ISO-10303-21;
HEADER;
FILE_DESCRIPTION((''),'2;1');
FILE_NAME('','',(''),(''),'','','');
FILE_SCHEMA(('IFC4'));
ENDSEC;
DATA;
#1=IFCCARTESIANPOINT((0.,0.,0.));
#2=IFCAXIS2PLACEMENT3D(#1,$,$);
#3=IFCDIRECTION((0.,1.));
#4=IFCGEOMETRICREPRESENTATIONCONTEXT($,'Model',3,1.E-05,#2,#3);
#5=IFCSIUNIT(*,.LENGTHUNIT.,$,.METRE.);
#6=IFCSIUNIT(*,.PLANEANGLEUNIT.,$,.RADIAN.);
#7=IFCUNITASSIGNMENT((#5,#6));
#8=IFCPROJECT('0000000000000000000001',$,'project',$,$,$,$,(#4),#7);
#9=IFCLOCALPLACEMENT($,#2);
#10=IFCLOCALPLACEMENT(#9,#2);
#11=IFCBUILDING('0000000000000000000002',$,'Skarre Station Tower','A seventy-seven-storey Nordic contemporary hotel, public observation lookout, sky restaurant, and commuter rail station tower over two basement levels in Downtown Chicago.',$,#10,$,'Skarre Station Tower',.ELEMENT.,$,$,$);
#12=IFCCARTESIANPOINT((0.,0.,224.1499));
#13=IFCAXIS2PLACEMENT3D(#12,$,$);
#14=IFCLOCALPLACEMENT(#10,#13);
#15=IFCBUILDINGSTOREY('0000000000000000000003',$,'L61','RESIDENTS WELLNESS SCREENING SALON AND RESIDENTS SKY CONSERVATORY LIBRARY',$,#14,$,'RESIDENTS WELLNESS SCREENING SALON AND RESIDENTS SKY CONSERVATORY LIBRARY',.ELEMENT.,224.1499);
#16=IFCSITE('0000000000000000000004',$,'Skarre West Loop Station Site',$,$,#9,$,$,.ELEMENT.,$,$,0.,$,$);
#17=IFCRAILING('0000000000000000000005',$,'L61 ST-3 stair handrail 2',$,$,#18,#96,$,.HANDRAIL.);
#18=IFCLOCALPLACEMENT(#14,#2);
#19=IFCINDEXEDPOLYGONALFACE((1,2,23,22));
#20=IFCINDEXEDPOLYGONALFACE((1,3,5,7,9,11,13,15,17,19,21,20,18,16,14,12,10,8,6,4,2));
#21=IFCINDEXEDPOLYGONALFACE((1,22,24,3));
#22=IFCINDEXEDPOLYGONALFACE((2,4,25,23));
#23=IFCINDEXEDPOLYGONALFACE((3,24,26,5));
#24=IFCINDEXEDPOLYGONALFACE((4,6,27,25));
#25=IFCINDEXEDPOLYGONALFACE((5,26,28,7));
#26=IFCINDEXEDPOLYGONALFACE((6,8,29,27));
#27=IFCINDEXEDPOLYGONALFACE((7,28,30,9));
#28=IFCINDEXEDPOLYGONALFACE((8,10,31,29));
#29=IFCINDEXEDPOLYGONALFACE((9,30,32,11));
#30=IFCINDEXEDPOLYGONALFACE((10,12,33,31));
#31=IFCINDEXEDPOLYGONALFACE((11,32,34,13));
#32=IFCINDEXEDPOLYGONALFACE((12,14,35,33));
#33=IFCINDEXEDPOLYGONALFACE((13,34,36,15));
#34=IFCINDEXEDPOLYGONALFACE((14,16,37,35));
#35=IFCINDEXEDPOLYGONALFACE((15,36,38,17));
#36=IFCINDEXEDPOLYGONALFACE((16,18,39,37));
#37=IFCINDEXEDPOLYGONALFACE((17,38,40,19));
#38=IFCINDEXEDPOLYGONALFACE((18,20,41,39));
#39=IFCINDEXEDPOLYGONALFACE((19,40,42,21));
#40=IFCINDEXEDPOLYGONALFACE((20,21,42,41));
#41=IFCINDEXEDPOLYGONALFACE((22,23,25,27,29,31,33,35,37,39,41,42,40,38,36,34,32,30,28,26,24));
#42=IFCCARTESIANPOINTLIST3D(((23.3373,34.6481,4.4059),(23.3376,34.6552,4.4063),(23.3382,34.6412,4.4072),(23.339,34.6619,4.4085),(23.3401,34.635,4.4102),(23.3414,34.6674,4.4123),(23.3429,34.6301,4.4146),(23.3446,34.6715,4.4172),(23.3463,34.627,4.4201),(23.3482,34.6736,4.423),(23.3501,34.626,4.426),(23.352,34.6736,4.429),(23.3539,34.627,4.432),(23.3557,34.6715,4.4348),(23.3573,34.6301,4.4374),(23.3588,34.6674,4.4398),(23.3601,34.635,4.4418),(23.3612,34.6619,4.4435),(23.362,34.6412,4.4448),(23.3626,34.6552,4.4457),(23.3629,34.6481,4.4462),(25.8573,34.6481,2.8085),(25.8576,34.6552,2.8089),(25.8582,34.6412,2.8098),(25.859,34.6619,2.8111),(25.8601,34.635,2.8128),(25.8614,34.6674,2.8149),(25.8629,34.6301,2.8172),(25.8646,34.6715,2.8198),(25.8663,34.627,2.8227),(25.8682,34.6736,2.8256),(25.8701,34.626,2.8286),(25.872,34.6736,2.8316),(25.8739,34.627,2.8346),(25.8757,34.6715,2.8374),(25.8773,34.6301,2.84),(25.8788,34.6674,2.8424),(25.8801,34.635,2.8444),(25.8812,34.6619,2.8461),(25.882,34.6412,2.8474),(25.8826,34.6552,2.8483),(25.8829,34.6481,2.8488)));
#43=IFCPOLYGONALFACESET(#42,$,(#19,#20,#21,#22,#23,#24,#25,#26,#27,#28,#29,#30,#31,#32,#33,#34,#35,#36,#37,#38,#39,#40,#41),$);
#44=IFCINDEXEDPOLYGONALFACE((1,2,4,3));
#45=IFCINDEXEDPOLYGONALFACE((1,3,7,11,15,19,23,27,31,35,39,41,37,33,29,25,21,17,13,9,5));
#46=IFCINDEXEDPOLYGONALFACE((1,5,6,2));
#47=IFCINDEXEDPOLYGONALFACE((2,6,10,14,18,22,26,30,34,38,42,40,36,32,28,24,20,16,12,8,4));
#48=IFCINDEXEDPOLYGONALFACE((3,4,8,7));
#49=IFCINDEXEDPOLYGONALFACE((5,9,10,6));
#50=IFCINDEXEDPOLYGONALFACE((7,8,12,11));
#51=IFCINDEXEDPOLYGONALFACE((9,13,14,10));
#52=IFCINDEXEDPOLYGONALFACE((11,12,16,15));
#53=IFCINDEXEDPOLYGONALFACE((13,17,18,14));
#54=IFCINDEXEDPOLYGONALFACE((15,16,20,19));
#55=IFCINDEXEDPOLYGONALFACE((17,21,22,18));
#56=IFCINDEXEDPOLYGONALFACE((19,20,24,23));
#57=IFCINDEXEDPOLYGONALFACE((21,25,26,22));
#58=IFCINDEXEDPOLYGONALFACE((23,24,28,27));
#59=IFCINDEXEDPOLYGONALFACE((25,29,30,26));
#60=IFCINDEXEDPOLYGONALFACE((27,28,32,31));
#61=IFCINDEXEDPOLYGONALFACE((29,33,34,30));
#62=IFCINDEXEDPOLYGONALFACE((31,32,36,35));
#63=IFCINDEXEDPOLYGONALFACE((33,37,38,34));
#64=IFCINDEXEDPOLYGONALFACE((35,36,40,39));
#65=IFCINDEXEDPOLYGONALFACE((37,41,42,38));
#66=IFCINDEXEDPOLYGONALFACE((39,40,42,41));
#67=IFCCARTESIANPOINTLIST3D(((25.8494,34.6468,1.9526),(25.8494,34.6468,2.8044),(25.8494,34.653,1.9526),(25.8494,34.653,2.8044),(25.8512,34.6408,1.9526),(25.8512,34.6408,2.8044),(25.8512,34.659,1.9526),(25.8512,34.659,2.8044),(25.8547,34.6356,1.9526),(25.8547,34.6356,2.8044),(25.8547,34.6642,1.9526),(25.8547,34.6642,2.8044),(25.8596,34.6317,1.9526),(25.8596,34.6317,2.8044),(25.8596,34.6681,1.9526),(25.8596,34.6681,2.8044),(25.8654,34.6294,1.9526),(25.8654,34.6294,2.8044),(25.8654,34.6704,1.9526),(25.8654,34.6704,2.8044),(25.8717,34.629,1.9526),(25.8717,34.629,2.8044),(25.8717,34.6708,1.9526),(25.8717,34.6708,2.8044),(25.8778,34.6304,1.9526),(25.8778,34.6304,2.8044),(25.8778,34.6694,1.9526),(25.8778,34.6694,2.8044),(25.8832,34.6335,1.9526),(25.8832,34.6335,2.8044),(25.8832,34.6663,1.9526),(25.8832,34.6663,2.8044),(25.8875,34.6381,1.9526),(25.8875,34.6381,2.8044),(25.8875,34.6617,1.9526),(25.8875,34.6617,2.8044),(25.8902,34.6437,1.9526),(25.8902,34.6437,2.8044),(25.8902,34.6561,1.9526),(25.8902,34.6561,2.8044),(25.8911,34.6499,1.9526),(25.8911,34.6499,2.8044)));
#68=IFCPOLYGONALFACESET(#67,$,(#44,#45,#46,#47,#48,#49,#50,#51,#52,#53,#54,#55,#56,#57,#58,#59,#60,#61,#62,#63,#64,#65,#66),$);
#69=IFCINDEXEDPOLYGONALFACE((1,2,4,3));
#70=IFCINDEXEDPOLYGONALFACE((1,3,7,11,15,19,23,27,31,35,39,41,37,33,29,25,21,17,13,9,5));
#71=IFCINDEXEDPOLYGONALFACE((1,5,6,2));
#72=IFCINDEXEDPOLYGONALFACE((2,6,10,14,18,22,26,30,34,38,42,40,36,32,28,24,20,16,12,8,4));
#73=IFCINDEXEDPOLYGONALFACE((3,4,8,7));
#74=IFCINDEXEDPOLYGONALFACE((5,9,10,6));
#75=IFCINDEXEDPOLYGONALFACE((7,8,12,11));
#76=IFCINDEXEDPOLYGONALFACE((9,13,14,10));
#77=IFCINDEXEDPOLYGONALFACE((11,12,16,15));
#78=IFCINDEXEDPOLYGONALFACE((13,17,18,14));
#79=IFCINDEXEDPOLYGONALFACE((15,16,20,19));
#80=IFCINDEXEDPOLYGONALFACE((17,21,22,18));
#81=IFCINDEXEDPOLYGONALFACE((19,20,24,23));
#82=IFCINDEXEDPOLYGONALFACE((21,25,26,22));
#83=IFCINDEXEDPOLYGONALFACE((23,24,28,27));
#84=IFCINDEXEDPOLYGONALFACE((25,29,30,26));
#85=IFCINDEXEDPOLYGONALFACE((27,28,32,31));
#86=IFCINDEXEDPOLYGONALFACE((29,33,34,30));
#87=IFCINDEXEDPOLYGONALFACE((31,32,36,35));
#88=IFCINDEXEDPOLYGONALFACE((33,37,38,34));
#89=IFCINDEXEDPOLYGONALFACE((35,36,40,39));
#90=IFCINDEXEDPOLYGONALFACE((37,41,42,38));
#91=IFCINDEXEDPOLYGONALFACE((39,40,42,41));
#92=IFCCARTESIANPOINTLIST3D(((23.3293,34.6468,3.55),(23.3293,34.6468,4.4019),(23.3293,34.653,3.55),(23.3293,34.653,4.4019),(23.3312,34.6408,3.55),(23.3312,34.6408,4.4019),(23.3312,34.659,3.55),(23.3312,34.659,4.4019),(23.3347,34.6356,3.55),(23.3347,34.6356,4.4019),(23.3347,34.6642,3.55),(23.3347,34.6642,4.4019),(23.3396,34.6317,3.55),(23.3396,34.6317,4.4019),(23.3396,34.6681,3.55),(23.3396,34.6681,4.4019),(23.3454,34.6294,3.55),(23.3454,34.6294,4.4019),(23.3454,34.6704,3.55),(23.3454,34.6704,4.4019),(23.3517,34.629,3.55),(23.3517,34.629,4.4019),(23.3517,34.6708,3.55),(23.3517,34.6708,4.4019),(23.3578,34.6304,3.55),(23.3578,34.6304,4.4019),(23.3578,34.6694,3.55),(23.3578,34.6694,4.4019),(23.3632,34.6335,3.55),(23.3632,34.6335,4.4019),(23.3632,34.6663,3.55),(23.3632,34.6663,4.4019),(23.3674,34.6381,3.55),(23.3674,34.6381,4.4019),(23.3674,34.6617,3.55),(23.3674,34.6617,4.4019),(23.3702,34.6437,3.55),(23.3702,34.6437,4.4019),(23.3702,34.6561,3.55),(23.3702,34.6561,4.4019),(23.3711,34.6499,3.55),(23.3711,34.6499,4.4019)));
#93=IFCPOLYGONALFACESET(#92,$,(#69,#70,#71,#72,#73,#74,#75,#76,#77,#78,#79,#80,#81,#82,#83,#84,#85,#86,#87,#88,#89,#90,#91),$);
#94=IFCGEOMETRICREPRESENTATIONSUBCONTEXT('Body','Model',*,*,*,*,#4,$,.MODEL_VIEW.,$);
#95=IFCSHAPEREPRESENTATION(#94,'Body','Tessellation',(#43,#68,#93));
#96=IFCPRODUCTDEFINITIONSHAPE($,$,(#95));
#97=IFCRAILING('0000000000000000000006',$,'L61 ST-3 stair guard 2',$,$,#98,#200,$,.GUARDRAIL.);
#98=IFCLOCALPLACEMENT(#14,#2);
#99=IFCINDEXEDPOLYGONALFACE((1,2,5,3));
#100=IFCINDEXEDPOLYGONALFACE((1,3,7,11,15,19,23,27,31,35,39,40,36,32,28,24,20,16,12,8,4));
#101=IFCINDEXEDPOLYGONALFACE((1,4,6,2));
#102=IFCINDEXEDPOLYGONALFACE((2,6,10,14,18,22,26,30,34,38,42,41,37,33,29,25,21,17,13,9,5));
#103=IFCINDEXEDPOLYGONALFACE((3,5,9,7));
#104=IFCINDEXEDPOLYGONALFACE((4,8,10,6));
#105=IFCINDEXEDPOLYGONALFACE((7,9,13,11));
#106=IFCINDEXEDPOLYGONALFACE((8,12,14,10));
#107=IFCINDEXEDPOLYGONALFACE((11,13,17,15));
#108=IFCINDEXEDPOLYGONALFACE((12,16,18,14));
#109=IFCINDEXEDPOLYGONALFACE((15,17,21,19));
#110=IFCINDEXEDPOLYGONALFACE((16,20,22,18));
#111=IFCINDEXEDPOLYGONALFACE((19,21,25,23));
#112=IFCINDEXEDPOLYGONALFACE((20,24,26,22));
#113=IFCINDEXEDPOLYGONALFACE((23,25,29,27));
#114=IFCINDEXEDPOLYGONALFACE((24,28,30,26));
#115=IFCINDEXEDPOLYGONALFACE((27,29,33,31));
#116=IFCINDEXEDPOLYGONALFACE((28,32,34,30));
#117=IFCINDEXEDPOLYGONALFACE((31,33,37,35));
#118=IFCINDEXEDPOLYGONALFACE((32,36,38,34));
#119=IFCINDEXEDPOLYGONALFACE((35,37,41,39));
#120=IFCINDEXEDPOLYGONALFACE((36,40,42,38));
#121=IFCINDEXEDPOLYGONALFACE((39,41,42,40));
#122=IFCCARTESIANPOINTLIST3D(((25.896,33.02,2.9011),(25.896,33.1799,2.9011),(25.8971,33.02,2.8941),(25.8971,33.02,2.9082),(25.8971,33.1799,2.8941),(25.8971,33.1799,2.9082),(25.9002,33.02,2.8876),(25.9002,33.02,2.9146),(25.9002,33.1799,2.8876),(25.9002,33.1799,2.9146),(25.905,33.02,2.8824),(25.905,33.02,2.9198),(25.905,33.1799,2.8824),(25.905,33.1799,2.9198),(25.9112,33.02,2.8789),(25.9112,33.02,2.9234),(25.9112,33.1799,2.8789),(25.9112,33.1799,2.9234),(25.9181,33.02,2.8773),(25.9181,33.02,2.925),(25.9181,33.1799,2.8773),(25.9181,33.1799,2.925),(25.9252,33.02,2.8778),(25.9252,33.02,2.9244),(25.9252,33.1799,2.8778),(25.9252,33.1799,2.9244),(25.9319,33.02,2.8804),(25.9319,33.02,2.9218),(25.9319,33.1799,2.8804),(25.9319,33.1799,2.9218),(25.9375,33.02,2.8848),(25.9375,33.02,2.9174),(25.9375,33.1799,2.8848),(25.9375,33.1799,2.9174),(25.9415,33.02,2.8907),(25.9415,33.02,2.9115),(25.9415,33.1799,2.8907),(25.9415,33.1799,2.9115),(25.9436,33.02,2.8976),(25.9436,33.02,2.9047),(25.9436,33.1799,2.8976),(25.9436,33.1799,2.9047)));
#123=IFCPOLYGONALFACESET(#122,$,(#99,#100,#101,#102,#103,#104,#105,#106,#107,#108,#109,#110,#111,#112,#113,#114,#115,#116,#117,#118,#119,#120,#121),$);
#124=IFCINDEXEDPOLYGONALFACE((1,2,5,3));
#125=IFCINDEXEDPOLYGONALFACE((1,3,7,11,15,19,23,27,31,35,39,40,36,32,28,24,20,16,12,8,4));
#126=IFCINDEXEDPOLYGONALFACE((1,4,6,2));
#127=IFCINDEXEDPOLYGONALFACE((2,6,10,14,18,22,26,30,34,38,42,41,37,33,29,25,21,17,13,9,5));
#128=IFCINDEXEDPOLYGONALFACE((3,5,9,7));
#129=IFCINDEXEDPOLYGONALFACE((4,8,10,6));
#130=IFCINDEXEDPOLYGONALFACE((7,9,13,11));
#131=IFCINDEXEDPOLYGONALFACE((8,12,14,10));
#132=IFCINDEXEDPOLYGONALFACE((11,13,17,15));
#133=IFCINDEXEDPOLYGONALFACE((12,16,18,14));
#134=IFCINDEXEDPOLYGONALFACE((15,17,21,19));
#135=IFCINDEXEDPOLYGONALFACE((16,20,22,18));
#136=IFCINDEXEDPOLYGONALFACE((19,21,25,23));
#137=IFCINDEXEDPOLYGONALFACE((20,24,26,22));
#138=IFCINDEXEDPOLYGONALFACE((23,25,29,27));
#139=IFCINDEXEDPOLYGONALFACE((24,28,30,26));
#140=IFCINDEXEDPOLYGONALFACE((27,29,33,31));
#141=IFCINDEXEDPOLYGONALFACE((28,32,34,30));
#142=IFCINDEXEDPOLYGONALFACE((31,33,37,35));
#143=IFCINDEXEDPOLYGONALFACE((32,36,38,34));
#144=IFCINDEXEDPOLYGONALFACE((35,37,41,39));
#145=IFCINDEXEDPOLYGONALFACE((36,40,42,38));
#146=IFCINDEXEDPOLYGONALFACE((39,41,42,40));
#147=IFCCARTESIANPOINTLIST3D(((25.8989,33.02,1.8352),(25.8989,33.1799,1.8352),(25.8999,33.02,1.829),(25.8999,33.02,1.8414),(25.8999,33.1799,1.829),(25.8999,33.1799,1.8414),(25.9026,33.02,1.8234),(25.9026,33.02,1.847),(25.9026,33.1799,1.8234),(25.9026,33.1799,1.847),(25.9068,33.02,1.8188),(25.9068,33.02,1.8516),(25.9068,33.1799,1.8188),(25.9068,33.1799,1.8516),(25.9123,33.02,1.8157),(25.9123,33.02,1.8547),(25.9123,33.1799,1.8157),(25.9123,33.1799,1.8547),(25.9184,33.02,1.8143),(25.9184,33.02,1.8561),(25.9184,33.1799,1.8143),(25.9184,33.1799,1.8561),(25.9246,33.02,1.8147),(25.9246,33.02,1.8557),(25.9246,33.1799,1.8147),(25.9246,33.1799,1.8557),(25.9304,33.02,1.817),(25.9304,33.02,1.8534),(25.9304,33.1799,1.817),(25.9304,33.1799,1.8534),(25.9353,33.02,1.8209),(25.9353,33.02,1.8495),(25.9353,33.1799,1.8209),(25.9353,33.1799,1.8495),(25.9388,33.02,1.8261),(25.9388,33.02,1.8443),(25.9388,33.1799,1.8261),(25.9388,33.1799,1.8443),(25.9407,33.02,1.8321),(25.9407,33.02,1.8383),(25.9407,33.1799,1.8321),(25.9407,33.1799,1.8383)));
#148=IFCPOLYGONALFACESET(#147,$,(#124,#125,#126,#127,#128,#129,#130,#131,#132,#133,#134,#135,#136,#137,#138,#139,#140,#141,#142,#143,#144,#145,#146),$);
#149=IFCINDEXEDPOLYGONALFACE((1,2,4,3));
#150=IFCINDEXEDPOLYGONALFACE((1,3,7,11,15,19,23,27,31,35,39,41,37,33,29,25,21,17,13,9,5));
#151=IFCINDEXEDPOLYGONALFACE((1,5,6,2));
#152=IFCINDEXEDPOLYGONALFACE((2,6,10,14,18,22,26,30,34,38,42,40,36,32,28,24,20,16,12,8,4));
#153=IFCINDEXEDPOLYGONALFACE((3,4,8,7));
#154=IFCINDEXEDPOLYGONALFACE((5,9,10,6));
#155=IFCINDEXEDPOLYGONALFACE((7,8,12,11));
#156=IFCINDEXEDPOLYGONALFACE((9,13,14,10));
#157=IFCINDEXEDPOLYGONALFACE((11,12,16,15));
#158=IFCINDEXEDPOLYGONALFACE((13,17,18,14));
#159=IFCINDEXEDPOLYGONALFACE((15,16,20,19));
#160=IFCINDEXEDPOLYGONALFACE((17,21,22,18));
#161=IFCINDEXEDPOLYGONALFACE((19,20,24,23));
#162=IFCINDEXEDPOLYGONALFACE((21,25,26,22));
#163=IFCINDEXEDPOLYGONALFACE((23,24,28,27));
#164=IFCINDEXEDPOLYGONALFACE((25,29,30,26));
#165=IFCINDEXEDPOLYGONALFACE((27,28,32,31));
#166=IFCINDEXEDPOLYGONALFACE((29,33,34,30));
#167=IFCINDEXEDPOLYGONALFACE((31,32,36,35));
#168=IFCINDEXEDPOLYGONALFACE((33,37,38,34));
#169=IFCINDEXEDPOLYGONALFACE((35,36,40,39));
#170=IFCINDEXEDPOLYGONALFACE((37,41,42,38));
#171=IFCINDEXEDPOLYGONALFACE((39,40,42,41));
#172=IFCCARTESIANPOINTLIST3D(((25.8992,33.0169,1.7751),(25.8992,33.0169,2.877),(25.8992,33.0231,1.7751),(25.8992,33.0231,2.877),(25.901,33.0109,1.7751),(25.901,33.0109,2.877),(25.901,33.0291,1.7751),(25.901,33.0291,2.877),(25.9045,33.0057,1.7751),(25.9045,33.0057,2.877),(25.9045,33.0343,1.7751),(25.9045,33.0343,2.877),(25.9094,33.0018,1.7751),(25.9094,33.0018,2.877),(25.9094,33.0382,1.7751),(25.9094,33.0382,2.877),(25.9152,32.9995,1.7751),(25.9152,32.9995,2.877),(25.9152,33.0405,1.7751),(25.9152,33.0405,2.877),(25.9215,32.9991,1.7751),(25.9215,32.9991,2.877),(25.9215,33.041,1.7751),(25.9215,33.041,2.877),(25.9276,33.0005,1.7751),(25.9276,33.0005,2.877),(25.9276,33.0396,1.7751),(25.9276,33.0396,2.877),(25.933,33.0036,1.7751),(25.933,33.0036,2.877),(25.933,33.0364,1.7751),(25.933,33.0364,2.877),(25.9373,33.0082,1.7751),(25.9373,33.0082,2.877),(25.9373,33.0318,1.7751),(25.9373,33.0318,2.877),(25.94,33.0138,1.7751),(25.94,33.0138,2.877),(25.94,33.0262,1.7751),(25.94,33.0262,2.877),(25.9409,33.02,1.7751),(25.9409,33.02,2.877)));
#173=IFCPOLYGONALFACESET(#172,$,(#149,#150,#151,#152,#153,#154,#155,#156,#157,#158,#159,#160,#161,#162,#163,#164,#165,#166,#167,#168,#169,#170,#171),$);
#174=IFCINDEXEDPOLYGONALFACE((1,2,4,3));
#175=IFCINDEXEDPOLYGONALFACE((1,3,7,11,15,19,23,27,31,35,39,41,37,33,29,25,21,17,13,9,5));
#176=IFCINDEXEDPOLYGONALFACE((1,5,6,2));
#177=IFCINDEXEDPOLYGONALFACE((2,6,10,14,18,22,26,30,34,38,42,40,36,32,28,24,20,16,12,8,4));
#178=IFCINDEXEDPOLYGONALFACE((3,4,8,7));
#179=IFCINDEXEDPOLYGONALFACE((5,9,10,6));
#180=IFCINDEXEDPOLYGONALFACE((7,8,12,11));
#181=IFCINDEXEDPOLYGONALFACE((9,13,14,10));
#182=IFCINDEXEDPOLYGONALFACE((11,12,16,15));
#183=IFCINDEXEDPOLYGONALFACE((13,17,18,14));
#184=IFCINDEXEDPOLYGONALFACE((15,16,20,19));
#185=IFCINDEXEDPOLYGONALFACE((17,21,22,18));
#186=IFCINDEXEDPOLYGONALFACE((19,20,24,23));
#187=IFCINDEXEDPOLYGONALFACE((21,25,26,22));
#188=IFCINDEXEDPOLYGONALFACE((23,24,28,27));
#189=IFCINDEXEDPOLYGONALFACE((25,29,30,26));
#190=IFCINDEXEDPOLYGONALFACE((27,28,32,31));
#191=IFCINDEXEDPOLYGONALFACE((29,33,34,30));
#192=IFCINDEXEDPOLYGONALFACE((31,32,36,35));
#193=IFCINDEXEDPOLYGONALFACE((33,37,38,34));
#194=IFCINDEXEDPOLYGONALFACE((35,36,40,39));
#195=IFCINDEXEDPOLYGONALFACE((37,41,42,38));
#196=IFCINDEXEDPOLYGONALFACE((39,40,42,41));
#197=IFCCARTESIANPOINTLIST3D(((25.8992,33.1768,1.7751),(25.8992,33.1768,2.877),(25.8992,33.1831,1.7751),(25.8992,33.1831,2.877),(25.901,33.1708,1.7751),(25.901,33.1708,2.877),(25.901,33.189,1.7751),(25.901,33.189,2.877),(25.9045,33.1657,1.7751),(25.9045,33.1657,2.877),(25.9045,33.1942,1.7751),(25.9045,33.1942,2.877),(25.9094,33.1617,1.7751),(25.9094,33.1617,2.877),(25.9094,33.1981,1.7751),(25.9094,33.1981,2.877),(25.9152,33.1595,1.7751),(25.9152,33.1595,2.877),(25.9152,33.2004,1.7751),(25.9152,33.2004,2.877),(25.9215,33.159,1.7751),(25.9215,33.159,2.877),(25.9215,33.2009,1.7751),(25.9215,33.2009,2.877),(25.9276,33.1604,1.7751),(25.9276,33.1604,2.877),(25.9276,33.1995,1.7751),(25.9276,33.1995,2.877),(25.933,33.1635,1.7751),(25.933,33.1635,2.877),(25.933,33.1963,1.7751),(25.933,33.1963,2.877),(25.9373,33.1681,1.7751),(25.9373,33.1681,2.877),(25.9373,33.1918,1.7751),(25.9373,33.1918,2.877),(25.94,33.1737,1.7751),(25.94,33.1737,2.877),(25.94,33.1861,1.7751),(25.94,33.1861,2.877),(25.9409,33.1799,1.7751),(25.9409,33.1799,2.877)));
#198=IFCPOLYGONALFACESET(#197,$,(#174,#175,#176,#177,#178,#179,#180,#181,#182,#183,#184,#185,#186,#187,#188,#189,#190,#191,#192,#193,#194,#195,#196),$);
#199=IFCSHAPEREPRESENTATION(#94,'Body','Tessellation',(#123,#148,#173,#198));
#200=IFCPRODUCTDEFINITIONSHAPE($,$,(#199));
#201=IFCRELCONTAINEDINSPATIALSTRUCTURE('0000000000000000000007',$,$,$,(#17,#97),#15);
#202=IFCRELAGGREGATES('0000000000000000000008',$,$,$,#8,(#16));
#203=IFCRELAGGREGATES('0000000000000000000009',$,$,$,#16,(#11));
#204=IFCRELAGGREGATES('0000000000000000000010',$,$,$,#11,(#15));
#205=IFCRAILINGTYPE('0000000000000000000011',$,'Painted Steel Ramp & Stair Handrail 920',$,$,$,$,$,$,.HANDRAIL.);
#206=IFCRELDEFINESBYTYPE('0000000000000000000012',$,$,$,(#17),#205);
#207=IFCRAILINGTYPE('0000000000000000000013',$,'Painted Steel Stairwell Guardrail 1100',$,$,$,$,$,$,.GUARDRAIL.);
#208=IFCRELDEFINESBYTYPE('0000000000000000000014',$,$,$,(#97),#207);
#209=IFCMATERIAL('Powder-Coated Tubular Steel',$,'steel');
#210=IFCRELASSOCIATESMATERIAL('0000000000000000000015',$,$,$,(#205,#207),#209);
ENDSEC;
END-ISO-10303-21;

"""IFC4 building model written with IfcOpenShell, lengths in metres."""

from ifc_helpers import new_model, si_unit, direction, frame, origin, origin_2d, place, context, subcontext, project, spatial, circle, extrude, material, type_object, element, save


model = new_model("IFC4")

# Units and contexts
model_context = context("Model", 3, precision=1e-05, world=origin(), true_north=direction((0.0, 1.0)))
body_context = subcontext(model_context, "Body", "Model", "MODEL_VIEW")
ifc_project = project(units=[si_unit("LENGTHUNIT", "METRE"), si_unit("PLANEANGLEUNIT", "RADIAN")], contexts=[model_context])

# Site, building, storey
site_placement = place(None, origin())
site = spatial("IfcSite", under=ifc_project, at=site_placement, Name="Skarre West Loop Station Site", CompositionType="ELEMENT", RefElevation=0.0)
building_placement = place(site_placement, origin())
building = spatial("IfcBuilding", under=site, at=building_placement, Name="Skarre Station Tower", Description="A seventy-seven-storey Nordic contemporary hotel, public observation lookout, sky restaurant, and commuter rail station tower over two basement levels in Downtown Chicago.", LongName="Skarre Station Tower", CompositionType="ELEMENT")
storey_placement = place(building_placement, frame((0.0, 0.0, 224.1499)))
storey = spatial("IfcBuildingStorey", under=building, at=storey_placement, Name="L61", Description="RESIDENTS WELLNESS SCREENING SALON AND RESIDENTS SKY CONSERVATORY LIBRARY", LongName="RESIDENTS WELLNESS SCREENING SALON AND RESIDENTS SKY CONSERVATORY LIBRARY", CompositionType="ELEMENT", Elevation=224.1499)

# Railings
ifc_material_1 = material(Name="Powder-Coated Tubular Steel", Category="steel")
railing_type_1 = type_object("IfcRailingType", Name="Painted Steel Ramp & Stair Handrail 920", PredefinedType="HANDRAIL", material=ifc_material_1)
railing_1_placement = place(storey_placement, frame((25.8701, 34.6499, 1.9526)))
element("IfcRailing", 1, at=railing_1_placement, inside=storey, type_object=railing_type_1, Name="L61 ST-3 stair handrail 2", PredefinedType="HANDRAIL", context=body_context, shape_type="SweptSolid", body=[
    extrude(circle(Radius=0.0239, at=origin_2d()), frame((0.0, 0.0, 0.876), z_axis=(-0.844607, 0.0, 0.535387), x_axis=(0.0, -1.0, 0.0)), (0.0, 0.0, 1.0), 2.9836),
    extrude(circle(Radius=0.021, at=origin_2d()), origin(), (0.0, 0.0, 1.0), 0.8518),
    extrude(circle(Radius=0.021, at=origin_2d()), frame((-2.52, 0.0, 1.5974)), (0.0, 0.0, 1.0), 0.8518),
])
railing_type_2 = type_object("IfcRailingType", Name="Painted Steel Stairwell Guardrail 1100", PredefinedType="GUARDRAIL", material=ifc_material_1)
railing_2_placement = place(storey_placement, frame((25.9199, 33.02, 1.7751)))
element("IfcRailing", 2, at=railing_2_placement, inside=storey, type_object=railing_type_2, Name="L61 ST-3 stair guard 2", PredefinedType="GUARDRAIL", context=body_context, shape_type="SweptSolid", body=[
    extrude(circle(Radius=0.0239, at=origin_2d()), frame((0.0, 0.0, 1.126), z_axis=(0.0, 1.0, 0.0), x_axis=(-1.0, 0.0, 0.0)), (0.0, 0.0, 1.0), 0.1599),
    extrude(circle(Radius=0.021, at=origin_2d()), frame((0.0, 0.0, 0.0601), z_axis=(0.0, 1.0, 0.0), x_axis=(-1.0, 0.0, 0.0)), (0.0, 0.0, 1.0), 0.1599),
    extrude(circle(Radius=0.021, at=origin_2d()), origin(), (0.0, 0.0, 1.0), 1.1018),
    extrude(circle(Radius=0.021, at=origin_2d()), frame((0.0, 0.1599, 0.0)), (0.0, 0.0, 1.0), 1.1018),
])

save(model, "model.ifc")
